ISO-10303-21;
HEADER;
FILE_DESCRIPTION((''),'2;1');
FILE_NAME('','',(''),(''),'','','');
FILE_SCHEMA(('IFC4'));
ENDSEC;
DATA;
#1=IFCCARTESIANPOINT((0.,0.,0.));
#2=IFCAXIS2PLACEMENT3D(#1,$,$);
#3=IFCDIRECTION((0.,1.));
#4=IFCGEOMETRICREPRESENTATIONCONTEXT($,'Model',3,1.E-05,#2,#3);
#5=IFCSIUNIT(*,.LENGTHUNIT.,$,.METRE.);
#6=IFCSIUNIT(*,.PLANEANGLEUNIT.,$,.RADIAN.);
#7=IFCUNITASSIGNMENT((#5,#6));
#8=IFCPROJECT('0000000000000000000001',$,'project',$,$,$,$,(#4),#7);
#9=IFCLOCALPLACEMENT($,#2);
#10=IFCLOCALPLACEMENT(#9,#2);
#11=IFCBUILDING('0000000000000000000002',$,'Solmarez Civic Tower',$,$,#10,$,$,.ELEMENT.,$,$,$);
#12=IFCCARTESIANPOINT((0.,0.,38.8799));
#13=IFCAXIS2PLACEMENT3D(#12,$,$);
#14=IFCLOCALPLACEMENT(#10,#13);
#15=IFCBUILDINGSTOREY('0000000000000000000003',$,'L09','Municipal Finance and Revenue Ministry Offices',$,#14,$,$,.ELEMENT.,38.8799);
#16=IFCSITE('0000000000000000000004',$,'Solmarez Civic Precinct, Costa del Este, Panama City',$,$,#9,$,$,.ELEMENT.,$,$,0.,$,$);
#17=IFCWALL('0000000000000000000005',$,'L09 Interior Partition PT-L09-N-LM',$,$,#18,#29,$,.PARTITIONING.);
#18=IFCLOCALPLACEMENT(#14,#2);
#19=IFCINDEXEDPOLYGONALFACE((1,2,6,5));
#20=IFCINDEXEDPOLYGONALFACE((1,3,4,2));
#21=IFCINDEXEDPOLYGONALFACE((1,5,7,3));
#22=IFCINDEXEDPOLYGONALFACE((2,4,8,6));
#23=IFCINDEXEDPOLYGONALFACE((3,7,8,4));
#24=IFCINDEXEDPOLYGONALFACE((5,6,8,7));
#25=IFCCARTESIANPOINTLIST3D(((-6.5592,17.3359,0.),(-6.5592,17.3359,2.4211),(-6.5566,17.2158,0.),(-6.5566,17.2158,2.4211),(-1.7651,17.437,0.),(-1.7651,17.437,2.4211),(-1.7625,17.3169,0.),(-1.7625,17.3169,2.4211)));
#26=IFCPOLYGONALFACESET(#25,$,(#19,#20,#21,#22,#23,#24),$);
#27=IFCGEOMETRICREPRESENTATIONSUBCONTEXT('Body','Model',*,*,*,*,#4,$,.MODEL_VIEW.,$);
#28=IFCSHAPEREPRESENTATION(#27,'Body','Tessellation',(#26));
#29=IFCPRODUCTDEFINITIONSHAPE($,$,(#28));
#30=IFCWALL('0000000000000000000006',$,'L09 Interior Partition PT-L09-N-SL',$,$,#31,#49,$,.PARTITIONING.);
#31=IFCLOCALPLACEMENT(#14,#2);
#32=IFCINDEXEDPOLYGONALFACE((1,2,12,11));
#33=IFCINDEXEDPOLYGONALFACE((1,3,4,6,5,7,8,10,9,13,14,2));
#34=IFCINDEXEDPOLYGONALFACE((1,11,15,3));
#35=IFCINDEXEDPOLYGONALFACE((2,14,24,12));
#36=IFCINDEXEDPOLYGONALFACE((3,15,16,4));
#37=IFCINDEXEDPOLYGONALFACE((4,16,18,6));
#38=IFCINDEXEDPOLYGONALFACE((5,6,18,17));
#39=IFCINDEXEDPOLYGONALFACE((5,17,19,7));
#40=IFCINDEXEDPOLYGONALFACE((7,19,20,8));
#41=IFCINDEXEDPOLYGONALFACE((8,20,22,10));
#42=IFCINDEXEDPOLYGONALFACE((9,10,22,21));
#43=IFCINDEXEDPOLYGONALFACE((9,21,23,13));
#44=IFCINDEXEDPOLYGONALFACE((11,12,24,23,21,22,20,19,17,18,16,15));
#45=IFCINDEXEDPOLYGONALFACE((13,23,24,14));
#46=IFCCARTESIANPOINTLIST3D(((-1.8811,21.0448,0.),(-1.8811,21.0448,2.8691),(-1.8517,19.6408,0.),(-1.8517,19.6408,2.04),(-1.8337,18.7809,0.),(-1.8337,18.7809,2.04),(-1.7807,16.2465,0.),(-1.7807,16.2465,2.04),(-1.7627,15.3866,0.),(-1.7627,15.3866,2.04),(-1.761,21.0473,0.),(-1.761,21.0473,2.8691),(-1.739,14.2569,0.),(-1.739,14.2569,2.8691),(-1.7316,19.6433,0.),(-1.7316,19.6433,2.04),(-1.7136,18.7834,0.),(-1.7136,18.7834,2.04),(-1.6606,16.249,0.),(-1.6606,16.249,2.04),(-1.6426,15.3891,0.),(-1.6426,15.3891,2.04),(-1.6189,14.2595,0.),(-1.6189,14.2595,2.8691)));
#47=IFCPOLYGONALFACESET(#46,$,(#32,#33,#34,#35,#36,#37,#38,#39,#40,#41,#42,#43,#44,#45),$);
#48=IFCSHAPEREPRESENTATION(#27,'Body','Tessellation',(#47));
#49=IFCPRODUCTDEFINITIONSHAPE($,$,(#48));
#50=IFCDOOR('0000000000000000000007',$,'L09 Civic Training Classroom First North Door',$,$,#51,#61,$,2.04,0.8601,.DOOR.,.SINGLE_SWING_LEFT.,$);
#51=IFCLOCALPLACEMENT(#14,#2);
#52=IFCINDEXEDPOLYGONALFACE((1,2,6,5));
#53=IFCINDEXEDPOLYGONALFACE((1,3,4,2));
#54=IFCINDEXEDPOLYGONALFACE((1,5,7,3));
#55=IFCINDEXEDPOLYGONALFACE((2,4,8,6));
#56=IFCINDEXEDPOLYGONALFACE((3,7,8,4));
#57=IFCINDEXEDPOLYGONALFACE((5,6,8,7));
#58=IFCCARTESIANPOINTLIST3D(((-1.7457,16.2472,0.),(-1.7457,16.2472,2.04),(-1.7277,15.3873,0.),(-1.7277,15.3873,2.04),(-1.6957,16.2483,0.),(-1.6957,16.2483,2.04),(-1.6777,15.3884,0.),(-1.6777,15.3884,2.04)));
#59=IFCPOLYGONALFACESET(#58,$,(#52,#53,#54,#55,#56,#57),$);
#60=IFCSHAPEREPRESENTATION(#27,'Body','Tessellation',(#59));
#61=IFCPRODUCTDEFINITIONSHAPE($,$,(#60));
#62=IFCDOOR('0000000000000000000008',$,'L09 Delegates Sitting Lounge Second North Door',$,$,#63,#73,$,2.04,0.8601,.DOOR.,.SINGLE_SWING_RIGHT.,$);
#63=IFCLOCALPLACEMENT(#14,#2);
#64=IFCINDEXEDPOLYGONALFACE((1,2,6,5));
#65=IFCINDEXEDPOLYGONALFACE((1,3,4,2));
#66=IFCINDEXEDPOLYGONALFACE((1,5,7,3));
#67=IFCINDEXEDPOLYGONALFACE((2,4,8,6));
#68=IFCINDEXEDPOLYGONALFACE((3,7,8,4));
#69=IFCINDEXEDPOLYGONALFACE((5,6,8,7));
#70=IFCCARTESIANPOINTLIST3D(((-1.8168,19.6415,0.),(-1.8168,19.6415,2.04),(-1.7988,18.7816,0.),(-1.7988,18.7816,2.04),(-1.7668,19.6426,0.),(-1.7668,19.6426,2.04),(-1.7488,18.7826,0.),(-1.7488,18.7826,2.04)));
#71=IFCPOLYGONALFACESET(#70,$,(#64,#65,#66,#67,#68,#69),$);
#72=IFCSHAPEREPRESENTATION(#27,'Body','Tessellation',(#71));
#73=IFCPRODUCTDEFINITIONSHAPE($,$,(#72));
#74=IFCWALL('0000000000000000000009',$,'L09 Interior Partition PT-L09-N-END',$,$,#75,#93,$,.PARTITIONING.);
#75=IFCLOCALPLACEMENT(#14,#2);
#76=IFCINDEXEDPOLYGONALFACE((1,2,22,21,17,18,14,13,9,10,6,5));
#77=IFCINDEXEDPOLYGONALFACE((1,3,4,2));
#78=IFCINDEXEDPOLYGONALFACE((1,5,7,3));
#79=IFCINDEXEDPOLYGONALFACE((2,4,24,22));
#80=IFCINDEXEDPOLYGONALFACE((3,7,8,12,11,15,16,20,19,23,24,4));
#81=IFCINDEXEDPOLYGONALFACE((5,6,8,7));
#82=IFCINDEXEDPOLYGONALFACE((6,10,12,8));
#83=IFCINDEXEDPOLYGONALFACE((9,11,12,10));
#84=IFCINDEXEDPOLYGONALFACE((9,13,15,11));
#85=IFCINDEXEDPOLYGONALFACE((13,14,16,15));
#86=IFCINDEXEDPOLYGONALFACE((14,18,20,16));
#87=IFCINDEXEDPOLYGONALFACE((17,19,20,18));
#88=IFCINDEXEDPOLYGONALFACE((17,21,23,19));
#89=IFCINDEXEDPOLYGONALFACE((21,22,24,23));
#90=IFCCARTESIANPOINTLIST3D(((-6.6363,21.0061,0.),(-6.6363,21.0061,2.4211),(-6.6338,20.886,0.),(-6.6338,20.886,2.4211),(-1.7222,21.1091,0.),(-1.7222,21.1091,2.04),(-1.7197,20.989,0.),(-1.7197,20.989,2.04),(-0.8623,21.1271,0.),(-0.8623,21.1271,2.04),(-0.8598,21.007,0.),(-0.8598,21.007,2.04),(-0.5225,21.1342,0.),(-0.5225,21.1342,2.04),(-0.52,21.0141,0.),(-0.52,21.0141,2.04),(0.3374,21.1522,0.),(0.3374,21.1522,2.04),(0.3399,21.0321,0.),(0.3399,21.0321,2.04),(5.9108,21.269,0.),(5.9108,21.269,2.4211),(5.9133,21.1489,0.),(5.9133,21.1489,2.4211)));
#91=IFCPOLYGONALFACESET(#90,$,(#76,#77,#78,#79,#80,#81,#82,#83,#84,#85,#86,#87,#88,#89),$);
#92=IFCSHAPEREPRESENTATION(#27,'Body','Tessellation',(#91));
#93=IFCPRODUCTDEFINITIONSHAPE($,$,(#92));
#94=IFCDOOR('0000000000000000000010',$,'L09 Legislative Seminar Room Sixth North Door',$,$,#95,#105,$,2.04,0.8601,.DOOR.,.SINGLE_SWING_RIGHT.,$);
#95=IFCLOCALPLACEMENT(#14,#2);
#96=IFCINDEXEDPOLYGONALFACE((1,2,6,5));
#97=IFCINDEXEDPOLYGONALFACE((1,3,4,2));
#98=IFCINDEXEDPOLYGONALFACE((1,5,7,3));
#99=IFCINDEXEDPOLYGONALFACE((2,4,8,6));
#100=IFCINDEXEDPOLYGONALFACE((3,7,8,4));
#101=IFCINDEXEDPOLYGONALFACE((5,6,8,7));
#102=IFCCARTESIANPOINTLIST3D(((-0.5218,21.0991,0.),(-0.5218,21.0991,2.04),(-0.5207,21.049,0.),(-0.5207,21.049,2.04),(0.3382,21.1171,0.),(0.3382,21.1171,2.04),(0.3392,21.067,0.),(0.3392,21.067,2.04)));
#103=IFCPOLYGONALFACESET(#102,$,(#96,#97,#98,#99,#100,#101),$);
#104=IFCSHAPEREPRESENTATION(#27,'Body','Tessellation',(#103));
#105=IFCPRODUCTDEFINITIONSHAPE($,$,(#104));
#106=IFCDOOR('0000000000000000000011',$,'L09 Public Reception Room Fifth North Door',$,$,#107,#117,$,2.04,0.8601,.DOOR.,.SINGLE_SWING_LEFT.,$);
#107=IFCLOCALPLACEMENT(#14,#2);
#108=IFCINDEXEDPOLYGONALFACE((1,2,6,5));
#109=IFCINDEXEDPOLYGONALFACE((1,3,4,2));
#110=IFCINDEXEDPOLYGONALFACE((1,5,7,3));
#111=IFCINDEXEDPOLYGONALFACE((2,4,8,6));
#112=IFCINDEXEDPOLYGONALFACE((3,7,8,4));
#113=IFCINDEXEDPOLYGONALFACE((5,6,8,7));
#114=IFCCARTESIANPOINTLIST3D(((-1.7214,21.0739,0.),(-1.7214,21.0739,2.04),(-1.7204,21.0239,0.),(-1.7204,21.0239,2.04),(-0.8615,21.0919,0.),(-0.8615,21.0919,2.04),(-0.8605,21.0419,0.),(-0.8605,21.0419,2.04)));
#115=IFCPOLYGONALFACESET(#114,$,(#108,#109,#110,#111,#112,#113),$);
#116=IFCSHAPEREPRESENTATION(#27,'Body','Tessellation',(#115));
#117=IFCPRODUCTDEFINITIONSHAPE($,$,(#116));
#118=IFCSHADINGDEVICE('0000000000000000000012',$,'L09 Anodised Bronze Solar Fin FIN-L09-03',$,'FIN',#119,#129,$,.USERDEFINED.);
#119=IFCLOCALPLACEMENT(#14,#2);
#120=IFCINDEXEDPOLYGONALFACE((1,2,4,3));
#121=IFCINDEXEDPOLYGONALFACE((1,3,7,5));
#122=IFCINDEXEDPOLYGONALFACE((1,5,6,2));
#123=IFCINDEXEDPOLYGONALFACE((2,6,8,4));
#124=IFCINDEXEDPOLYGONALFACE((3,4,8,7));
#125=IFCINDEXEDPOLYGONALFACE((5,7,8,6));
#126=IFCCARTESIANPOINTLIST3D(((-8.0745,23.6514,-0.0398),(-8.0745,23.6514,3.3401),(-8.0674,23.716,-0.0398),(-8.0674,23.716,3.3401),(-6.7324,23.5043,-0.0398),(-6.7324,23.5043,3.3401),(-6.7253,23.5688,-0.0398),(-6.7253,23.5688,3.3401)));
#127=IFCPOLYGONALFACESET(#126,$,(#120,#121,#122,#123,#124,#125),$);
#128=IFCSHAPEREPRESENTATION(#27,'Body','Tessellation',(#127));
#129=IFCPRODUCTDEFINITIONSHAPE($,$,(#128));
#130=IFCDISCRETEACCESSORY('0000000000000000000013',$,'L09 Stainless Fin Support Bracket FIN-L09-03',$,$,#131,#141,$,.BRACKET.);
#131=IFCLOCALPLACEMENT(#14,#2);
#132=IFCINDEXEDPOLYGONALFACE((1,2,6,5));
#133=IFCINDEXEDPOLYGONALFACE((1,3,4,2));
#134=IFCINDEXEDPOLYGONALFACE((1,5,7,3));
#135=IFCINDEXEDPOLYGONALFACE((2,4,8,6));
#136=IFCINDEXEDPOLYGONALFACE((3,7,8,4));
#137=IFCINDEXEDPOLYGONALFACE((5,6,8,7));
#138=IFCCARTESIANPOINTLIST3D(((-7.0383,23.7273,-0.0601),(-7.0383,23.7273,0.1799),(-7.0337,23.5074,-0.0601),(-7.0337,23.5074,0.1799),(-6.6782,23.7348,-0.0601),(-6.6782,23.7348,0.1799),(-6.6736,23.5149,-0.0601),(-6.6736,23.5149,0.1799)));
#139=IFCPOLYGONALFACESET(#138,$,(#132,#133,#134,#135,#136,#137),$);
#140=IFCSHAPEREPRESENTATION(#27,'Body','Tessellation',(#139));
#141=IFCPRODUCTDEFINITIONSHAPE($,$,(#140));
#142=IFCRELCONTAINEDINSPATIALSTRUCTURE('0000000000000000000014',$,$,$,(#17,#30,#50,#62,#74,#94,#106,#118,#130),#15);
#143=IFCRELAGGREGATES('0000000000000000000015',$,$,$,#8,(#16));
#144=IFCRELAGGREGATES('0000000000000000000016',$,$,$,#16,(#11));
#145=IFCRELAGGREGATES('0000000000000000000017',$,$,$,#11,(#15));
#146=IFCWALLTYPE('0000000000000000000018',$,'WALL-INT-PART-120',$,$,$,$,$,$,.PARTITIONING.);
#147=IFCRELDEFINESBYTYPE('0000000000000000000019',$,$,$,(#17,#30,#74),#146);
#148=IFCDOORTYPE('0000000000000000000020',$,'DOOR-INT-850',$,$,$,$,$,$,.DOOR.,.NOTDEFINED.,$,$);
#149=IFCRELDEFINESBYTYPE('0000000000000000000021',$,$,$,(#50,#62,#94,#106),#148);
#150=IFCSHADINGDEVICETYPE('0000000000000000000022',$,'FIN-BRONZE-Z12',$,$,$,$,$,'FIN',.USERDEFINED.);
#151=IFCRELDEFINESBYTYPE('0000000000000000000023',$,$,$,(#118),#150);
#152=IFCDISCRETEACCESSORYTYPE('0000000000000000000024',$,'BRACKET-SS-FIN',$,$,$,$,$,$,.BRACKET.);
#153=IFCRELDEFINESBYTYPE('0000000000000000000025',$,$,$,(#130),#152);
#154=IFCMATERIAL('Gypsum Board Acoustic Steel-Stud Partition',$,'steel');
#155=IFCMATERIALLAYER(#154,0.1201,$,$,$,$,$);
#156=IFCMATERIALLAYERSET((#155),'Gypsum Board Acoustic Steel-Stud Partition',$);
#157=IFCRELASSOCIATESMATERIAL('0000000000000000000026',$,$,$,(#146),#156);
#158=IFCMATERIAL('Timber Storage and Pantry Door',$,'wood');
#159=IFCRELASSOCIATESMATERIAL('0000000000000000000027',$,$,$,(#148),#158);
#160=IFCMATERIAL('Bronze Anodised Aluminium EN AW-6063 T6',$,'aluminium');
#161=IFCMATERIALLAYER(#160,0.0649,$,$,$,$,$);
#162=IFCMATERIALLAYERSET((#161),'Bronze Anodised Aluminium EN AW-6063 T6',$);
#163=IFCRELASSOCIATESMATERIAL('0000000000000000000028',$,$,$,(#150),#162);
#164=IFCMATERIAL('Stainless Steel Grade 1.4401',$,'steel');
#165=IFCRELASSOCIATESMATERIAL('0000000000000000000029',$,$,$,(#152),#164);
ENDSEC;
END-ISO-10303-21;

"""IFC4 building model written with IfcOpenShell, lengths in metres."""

from ifc_helpers import new_model, si_unit, direction, frame, frame_2d, origin, origin_2d, place, context, subcontext, project, spatial, rectangle, extrude, material, layer, layer_set, type_object, element, fill, save


model = new_model("IFC4")

# Units and contexts
model_context = context("Model", 3, precision=1e-05, world=origin(), true_north=direction((0.0, 1.0)))
body_context = subcontext(model_context, "Body", "Model", "MODEL_VIEW")
ifc_project = project(units=[si_unit("LENGTHUNIT", "METRE"), si_unit("PLANEANGLEUNIT", "RADIAN")], contexts=[model_context])

# Site, building, storey
site_placement = place(None, origin())
site = spatial("IfcSite", under=ifc_project, at=site_placement, Name="Solmarez Civic Precinct, Costa del Este, Panama City", CompositionType="ELEMENT", RefElevation=0.0)
building_placement = place(site_placement, origin())
building = spatial("IfcBuilding", under=site, at=building_placement, Name="Solmarez Civic Tower", CompositionType="ELEMENT")
storey_placement = place(building_placement, frame((0.0, 0.0, 38.8799)))
storey = spatial("IfcBuildingStorey", under=building, at=storey_placement, Name="L09", Description="Municipal Finance and Revenue Ministry Offices", CompositionType="ELEMENT", Elevation=38.8799)

# Shared definitions
ifc_material_1 = material(Name="Bronze Anodised Aluminium EN AW-6063 T6", Category="aluminium")

# Wall
ifc_material_2 = material(Name="Gypsum Board Acoustic Steel-Stud Partition", Category="steel")
ifc_layer_1 = layer(ifc_material_2, 0.1201)
ifc_layer_set_1 = layer_set([ifc_layer_1], Name="Gypsum Board Acoustic Steel-Stud Partition")
wall_type_1 = type_object("IfcWallType", Name="WALL-INT-PART-120", PredefinedType="PARTITIONING", material=ifc_layer_set_1)
wall_1_placement = place(storey_placement, frame((-1.7639, 17.377, 0.0), z_axis=(0.0, 0.0, 1.0), x_axis=(-0.999778, -0.021078, 0.0)))
element("IfcWall", 1, at=wall_1_placement, inside=storey, type_object=wall_type_1, Name="L09 Interior Partition PT-L09-N-LM", PredefinedType="PARTITIONING", context=body_context, shape_type="SweptSolid", body=[
    extrude(rectangle(XDim=4.7952, YDim=0.1201, at=frame_2d((2.3975, 0.0))), origin(), (0.0, 0.0, 1.0), 2.4211),
])

# Walls, openings, doors
wall_2_placement = place(storey_placement, frame((-1.821, 21.0459, 0.0), z_axis=(0.0, 0.0, 1.0), x_axis=(0.020928, -0.999781, 0.0)))
wall_2 = element("IfcWall", 2, at=wall_2_placement, inside=storey, type_object=wall_type_1, Name="L09 Interior Partition PT-L09-N-SL", PredefinedType="PARTITIONING", context=body_context, shape_type="SweptSolid", body=[
    extrude(rectangle(XDim=6.7893, YDim=0.1201, at=frame_2d((3.3945, 0.0))), origin(), (0.0, 0.0, 1.0), 2.8691),
])
opening_1_placement = place(wall_2_placement, frame((4.7991, 0.0, 0.0)))
opening_1 = element("IfcOpeningElement", 3, at=opening_1_placement, cuts=wall_2, PredefinedType="OPENING", context=body_context, shape_type="SweptSolid", body=[
    extrude(rectangle(XDim=0.8601, YDim=2.04, at=frame_2d((0.4302, 1.02))), frame((0.0, 0.0701, 0.0), z_axis=(0.0, -1.0, 0.0), x_axis=(1.0, 0.0, 0.0)), (0.0, 0.0, 1.0), 0.1401),
])
opening_2_placement = place(wall_2_placement, frame((1.4041, 0.0, 0.0)))
opening_2 = element("IfcOpeningElement", 4, at=opening_2_placement, cuts=wall_2, PredefinedType="OPENING", context=body_context, shape_type="SweptSolid", body=[
    extrude(rectangle(XDim=0.8601, YDim=2.04, at=frame_2d((0.4302, 1.02))), frame((0.0, 0.0701, 0.0), z_axis=(0.0, -1.0, 0.0), x_axis=(1.0, 0.0, 0.0)), (0.0, 0.0, 1.0), 0.1401),
])
ifc_material_3 = material(Name="Timber Storage and Pantry Door", Category="wood")
door_type = type_object("IfcDoorType", Name="DOOR-INT-850", OperationType="NOTDEFINED", PredefinedType="DOOR", material=ifc_material_3)
door_1_placement = place(opening_1_placement, origin())
door_1 = element("IfcDoor", 5, at=door_1_placement, inside=storey, type_object=door_type, Name="L09 Civic Training Classroom First North Door", OperationType="SINGLE_SWING_LEFT", OverallHeight=2.04, OverallWidth=0.8601, PredefinedType="DOOR", context=body_context, shape_type="SweptSolid", body=[
    extrude(rectangle(XDim=0.8601, YDim=2.04, at=frame_2d((0.4302, 1.02))), frame((0.0, 0.0249, 0.0), z_axis=(0.0, -1.0, 0.0), x_axis=(1.0, 0.0, 0.0)), (0.0, 0.0, 1.0), 0.05),
])
fill(opening_1, door_1)
door_2_placement = place(opening_2_placement, origin())
door_2 = element("IfcDoor", 6, at=door_2_placement, inside=storey, type_object=door_type, Name="L09 Delegates Sitting Lounge Second North Door", OperationType="SINGLE_SWING_RIGHT", OverallHeight=2.04, OverallWidth=0.8601, PredefinedType="DOOR", context=body_context, shape_type="SweptSolid", body=[
    extrude(rectangle(XDim=0.8601, YDim=2.04, at=frame_2d((0.4302, 1.02))), frame((0.0, 0.0249, 0.0), z_axis=(0.0, -1.0, 0.0), x_axis=(1.0, 0.0, 0.0)), (0.0, 0.0, 1.0), 0.05),
])
fill(opening_2, door_2)
wall_3_placement = place(storey_placement, frame((-6.635, 20.946, 0.0), z_axis=(0.0, 0.0, 1.0), x_axis=(0.99978, 0.020952, 0.0)))
wall_3 = element("IfcWall", 7, at=wall_3_placement, inside=storey, type_object=wall_type_1, Name="L09 Interior Partition PT-L09-N-END", PredefinedType="PARTITIONING", context=body_context, shape_type="SweptSolid", body=[
    extrude(rectangle(XDim=12.5498, YDim=0.1201, at=frame_2d((6.2749, 0.0))), origin(), (0.0, 0.0, 1.0), 2.4211),
])
opening_3_placement = place(wall_3_placement, frame((6.115, 0.0, 0.0)))
opening_3 = element("IfcOpeningElement", 8, at=opening_3_placement, cuts=wall_3, PredefinedType="OPENING", context=body_context, shape_type="SweptSolid", body=[
    extrude(rectangle(XDim=0.8601, YDim=2.04, at=frame_2d((0.4302, 1.02))), frame((0.0, 0.0701, 0.0), z_axis=(0.0, -1.0, 0.0), x_axis=(1.0, 0.0, 0.0)), (0.0, 0.0, 1.0), 0.1401),
])
opening_4_placement = place(wall_3_placement, frame((4.915, 0.0, 0.0)))
opening_4 = element("IfcOpeningElement", 9, at=opening_4_placement, cuts=wall_3, PredefinedType="OPENING", context=body_context, shape_type="SweptSolid", body=[
    extrude(rectangle(XDim=0.8601, YDim=2.04, at=frame_2d((0.4302, 1.02))), frame((0.0, 0.0701, 0.0), z_axis=(0.0, -1.0, 0.0), x_axis=(1.0, 0.0, 0.0)), (0.0, 0.0, 1.0), 0.1401),
])
door_3_placement = place(opening_3_placement, origin())
door_3 = element("IfcDoor", 10, at=door_3_placement, inside=storey, type_object=door_type, Name="L09 Legislative Seminar Room Sixth North Door", OperationType="SINGLE_SWING_RIGHT", OverallHeight=2.04, OverallWidth=0.8601, PredefinedType="DOOR", context=body_context, shape_type="SweptSolid", body=[
    extrude(rectangle(XDim=0.8601, YDim=2.04, at=frame_2d((0.4302, 1.02))), frame((0.0, 0.0249, 0.0), z_axis=(0.0, -1.0, 0.0), x_axis=(1.0, 0.0, 0.0)), (0.0, 0.0, 1.0), 0.05),
])
fill(opening_3, door_3)
door_4_placement = place(opening_4_placement, origin())
door_4 = element("IfcDoor", 11, at=door_4_placement, inside=storey, type_object=door_type, Name="L09 Public Reception Room Fifth North Door", OperationType="SINGLE_SWING_LEFT", OverallHeight=2.04, OverallWidth=0.8601, PredefinedType="DOOR", context=body_context, shape_type="SweptSolid", body=[
    extrude(rectangle(XDim=0.8601, YDim=2.04, at=frame_2d((0.4302, 1.02))), frame((0.0, 0.0249, 0.0), z_axis=(0.0, -1.0, 0.0), x_axis=(1.0, 0.0, 0.0)), (0.0, 0.0, 1.0), 0.05),
])
fill(opening_4, door_4)

# Shading device
ifc_layer_2 = layer(ifc_material_1, 0.0649)
ifc_layer_set_2 = layer_set([ifc_layer_2], Name="Bronze Anodised Aluminium EN AW-6063 T6")
shading_device_type = type_object("IfcShadingDeviceType", Name="FIN-BRONZE-Z12", ElementType="FIN", PredefinedType="USERDEFINED", material=ifc_layer_set_2)
shading_device_placement = place(storey_placement, frame((-7.3999, 23.6101, -0.0398), z_axis=(0.0, 0.0, 1.0), x_axis=(-0.994043, 0.108988, 0.0)))
element("IfcShadingDevice", 12, at=shading_device_placement, inside=storey, type_object=shading_device_type, Name="L09 Anodised Bronze Solar Fin FIN-L09-03", ObjectType="FIN", PredefinedType="USERDEFINED", context=body_context, shape_type="SweptSolid", body=[
    extrude(rectangle(XDim=1.3501, YDim=0.0649, at=origin_2d()), origin(), (0.0, 0.0, 1.0), 3.3799),
])

# Discrete accessory
ifc_material_4 = material(Name="Stainless Steel Grade 1.4401", Category="steel")
discrete_accessory_type = type_object("IfcDiscreteAccessoryType", Name="BRACKET-SS-FIN", PredefinedType="BRACKET", material=ifc_material_4)
discrete_accessory_placement = place(storey_placement, frame((-6.856, 23.6211, -0.0601), z_axis=(0.0, 0.0, 1.0), x_axis=(-0.99978, -0.020968, 0.0)))
element("IfcDiscreteAccessory", 13, at=discrete_accessory_placement, inside=storey, type_object=discrete_accessory_type, Name="L09 Stainless Fin Support Bracket FIN-L09-03", PredefinedType="BRACKET", context=body_context, shape_type="SweptSolid", body=[
    extrude(rectangle(XDim=0.3601, YDim=0.22, at=origin_2d()), origin(), (0.0, 0.0, 1.0), 0.24),
])

save(model, "model.ifc")
